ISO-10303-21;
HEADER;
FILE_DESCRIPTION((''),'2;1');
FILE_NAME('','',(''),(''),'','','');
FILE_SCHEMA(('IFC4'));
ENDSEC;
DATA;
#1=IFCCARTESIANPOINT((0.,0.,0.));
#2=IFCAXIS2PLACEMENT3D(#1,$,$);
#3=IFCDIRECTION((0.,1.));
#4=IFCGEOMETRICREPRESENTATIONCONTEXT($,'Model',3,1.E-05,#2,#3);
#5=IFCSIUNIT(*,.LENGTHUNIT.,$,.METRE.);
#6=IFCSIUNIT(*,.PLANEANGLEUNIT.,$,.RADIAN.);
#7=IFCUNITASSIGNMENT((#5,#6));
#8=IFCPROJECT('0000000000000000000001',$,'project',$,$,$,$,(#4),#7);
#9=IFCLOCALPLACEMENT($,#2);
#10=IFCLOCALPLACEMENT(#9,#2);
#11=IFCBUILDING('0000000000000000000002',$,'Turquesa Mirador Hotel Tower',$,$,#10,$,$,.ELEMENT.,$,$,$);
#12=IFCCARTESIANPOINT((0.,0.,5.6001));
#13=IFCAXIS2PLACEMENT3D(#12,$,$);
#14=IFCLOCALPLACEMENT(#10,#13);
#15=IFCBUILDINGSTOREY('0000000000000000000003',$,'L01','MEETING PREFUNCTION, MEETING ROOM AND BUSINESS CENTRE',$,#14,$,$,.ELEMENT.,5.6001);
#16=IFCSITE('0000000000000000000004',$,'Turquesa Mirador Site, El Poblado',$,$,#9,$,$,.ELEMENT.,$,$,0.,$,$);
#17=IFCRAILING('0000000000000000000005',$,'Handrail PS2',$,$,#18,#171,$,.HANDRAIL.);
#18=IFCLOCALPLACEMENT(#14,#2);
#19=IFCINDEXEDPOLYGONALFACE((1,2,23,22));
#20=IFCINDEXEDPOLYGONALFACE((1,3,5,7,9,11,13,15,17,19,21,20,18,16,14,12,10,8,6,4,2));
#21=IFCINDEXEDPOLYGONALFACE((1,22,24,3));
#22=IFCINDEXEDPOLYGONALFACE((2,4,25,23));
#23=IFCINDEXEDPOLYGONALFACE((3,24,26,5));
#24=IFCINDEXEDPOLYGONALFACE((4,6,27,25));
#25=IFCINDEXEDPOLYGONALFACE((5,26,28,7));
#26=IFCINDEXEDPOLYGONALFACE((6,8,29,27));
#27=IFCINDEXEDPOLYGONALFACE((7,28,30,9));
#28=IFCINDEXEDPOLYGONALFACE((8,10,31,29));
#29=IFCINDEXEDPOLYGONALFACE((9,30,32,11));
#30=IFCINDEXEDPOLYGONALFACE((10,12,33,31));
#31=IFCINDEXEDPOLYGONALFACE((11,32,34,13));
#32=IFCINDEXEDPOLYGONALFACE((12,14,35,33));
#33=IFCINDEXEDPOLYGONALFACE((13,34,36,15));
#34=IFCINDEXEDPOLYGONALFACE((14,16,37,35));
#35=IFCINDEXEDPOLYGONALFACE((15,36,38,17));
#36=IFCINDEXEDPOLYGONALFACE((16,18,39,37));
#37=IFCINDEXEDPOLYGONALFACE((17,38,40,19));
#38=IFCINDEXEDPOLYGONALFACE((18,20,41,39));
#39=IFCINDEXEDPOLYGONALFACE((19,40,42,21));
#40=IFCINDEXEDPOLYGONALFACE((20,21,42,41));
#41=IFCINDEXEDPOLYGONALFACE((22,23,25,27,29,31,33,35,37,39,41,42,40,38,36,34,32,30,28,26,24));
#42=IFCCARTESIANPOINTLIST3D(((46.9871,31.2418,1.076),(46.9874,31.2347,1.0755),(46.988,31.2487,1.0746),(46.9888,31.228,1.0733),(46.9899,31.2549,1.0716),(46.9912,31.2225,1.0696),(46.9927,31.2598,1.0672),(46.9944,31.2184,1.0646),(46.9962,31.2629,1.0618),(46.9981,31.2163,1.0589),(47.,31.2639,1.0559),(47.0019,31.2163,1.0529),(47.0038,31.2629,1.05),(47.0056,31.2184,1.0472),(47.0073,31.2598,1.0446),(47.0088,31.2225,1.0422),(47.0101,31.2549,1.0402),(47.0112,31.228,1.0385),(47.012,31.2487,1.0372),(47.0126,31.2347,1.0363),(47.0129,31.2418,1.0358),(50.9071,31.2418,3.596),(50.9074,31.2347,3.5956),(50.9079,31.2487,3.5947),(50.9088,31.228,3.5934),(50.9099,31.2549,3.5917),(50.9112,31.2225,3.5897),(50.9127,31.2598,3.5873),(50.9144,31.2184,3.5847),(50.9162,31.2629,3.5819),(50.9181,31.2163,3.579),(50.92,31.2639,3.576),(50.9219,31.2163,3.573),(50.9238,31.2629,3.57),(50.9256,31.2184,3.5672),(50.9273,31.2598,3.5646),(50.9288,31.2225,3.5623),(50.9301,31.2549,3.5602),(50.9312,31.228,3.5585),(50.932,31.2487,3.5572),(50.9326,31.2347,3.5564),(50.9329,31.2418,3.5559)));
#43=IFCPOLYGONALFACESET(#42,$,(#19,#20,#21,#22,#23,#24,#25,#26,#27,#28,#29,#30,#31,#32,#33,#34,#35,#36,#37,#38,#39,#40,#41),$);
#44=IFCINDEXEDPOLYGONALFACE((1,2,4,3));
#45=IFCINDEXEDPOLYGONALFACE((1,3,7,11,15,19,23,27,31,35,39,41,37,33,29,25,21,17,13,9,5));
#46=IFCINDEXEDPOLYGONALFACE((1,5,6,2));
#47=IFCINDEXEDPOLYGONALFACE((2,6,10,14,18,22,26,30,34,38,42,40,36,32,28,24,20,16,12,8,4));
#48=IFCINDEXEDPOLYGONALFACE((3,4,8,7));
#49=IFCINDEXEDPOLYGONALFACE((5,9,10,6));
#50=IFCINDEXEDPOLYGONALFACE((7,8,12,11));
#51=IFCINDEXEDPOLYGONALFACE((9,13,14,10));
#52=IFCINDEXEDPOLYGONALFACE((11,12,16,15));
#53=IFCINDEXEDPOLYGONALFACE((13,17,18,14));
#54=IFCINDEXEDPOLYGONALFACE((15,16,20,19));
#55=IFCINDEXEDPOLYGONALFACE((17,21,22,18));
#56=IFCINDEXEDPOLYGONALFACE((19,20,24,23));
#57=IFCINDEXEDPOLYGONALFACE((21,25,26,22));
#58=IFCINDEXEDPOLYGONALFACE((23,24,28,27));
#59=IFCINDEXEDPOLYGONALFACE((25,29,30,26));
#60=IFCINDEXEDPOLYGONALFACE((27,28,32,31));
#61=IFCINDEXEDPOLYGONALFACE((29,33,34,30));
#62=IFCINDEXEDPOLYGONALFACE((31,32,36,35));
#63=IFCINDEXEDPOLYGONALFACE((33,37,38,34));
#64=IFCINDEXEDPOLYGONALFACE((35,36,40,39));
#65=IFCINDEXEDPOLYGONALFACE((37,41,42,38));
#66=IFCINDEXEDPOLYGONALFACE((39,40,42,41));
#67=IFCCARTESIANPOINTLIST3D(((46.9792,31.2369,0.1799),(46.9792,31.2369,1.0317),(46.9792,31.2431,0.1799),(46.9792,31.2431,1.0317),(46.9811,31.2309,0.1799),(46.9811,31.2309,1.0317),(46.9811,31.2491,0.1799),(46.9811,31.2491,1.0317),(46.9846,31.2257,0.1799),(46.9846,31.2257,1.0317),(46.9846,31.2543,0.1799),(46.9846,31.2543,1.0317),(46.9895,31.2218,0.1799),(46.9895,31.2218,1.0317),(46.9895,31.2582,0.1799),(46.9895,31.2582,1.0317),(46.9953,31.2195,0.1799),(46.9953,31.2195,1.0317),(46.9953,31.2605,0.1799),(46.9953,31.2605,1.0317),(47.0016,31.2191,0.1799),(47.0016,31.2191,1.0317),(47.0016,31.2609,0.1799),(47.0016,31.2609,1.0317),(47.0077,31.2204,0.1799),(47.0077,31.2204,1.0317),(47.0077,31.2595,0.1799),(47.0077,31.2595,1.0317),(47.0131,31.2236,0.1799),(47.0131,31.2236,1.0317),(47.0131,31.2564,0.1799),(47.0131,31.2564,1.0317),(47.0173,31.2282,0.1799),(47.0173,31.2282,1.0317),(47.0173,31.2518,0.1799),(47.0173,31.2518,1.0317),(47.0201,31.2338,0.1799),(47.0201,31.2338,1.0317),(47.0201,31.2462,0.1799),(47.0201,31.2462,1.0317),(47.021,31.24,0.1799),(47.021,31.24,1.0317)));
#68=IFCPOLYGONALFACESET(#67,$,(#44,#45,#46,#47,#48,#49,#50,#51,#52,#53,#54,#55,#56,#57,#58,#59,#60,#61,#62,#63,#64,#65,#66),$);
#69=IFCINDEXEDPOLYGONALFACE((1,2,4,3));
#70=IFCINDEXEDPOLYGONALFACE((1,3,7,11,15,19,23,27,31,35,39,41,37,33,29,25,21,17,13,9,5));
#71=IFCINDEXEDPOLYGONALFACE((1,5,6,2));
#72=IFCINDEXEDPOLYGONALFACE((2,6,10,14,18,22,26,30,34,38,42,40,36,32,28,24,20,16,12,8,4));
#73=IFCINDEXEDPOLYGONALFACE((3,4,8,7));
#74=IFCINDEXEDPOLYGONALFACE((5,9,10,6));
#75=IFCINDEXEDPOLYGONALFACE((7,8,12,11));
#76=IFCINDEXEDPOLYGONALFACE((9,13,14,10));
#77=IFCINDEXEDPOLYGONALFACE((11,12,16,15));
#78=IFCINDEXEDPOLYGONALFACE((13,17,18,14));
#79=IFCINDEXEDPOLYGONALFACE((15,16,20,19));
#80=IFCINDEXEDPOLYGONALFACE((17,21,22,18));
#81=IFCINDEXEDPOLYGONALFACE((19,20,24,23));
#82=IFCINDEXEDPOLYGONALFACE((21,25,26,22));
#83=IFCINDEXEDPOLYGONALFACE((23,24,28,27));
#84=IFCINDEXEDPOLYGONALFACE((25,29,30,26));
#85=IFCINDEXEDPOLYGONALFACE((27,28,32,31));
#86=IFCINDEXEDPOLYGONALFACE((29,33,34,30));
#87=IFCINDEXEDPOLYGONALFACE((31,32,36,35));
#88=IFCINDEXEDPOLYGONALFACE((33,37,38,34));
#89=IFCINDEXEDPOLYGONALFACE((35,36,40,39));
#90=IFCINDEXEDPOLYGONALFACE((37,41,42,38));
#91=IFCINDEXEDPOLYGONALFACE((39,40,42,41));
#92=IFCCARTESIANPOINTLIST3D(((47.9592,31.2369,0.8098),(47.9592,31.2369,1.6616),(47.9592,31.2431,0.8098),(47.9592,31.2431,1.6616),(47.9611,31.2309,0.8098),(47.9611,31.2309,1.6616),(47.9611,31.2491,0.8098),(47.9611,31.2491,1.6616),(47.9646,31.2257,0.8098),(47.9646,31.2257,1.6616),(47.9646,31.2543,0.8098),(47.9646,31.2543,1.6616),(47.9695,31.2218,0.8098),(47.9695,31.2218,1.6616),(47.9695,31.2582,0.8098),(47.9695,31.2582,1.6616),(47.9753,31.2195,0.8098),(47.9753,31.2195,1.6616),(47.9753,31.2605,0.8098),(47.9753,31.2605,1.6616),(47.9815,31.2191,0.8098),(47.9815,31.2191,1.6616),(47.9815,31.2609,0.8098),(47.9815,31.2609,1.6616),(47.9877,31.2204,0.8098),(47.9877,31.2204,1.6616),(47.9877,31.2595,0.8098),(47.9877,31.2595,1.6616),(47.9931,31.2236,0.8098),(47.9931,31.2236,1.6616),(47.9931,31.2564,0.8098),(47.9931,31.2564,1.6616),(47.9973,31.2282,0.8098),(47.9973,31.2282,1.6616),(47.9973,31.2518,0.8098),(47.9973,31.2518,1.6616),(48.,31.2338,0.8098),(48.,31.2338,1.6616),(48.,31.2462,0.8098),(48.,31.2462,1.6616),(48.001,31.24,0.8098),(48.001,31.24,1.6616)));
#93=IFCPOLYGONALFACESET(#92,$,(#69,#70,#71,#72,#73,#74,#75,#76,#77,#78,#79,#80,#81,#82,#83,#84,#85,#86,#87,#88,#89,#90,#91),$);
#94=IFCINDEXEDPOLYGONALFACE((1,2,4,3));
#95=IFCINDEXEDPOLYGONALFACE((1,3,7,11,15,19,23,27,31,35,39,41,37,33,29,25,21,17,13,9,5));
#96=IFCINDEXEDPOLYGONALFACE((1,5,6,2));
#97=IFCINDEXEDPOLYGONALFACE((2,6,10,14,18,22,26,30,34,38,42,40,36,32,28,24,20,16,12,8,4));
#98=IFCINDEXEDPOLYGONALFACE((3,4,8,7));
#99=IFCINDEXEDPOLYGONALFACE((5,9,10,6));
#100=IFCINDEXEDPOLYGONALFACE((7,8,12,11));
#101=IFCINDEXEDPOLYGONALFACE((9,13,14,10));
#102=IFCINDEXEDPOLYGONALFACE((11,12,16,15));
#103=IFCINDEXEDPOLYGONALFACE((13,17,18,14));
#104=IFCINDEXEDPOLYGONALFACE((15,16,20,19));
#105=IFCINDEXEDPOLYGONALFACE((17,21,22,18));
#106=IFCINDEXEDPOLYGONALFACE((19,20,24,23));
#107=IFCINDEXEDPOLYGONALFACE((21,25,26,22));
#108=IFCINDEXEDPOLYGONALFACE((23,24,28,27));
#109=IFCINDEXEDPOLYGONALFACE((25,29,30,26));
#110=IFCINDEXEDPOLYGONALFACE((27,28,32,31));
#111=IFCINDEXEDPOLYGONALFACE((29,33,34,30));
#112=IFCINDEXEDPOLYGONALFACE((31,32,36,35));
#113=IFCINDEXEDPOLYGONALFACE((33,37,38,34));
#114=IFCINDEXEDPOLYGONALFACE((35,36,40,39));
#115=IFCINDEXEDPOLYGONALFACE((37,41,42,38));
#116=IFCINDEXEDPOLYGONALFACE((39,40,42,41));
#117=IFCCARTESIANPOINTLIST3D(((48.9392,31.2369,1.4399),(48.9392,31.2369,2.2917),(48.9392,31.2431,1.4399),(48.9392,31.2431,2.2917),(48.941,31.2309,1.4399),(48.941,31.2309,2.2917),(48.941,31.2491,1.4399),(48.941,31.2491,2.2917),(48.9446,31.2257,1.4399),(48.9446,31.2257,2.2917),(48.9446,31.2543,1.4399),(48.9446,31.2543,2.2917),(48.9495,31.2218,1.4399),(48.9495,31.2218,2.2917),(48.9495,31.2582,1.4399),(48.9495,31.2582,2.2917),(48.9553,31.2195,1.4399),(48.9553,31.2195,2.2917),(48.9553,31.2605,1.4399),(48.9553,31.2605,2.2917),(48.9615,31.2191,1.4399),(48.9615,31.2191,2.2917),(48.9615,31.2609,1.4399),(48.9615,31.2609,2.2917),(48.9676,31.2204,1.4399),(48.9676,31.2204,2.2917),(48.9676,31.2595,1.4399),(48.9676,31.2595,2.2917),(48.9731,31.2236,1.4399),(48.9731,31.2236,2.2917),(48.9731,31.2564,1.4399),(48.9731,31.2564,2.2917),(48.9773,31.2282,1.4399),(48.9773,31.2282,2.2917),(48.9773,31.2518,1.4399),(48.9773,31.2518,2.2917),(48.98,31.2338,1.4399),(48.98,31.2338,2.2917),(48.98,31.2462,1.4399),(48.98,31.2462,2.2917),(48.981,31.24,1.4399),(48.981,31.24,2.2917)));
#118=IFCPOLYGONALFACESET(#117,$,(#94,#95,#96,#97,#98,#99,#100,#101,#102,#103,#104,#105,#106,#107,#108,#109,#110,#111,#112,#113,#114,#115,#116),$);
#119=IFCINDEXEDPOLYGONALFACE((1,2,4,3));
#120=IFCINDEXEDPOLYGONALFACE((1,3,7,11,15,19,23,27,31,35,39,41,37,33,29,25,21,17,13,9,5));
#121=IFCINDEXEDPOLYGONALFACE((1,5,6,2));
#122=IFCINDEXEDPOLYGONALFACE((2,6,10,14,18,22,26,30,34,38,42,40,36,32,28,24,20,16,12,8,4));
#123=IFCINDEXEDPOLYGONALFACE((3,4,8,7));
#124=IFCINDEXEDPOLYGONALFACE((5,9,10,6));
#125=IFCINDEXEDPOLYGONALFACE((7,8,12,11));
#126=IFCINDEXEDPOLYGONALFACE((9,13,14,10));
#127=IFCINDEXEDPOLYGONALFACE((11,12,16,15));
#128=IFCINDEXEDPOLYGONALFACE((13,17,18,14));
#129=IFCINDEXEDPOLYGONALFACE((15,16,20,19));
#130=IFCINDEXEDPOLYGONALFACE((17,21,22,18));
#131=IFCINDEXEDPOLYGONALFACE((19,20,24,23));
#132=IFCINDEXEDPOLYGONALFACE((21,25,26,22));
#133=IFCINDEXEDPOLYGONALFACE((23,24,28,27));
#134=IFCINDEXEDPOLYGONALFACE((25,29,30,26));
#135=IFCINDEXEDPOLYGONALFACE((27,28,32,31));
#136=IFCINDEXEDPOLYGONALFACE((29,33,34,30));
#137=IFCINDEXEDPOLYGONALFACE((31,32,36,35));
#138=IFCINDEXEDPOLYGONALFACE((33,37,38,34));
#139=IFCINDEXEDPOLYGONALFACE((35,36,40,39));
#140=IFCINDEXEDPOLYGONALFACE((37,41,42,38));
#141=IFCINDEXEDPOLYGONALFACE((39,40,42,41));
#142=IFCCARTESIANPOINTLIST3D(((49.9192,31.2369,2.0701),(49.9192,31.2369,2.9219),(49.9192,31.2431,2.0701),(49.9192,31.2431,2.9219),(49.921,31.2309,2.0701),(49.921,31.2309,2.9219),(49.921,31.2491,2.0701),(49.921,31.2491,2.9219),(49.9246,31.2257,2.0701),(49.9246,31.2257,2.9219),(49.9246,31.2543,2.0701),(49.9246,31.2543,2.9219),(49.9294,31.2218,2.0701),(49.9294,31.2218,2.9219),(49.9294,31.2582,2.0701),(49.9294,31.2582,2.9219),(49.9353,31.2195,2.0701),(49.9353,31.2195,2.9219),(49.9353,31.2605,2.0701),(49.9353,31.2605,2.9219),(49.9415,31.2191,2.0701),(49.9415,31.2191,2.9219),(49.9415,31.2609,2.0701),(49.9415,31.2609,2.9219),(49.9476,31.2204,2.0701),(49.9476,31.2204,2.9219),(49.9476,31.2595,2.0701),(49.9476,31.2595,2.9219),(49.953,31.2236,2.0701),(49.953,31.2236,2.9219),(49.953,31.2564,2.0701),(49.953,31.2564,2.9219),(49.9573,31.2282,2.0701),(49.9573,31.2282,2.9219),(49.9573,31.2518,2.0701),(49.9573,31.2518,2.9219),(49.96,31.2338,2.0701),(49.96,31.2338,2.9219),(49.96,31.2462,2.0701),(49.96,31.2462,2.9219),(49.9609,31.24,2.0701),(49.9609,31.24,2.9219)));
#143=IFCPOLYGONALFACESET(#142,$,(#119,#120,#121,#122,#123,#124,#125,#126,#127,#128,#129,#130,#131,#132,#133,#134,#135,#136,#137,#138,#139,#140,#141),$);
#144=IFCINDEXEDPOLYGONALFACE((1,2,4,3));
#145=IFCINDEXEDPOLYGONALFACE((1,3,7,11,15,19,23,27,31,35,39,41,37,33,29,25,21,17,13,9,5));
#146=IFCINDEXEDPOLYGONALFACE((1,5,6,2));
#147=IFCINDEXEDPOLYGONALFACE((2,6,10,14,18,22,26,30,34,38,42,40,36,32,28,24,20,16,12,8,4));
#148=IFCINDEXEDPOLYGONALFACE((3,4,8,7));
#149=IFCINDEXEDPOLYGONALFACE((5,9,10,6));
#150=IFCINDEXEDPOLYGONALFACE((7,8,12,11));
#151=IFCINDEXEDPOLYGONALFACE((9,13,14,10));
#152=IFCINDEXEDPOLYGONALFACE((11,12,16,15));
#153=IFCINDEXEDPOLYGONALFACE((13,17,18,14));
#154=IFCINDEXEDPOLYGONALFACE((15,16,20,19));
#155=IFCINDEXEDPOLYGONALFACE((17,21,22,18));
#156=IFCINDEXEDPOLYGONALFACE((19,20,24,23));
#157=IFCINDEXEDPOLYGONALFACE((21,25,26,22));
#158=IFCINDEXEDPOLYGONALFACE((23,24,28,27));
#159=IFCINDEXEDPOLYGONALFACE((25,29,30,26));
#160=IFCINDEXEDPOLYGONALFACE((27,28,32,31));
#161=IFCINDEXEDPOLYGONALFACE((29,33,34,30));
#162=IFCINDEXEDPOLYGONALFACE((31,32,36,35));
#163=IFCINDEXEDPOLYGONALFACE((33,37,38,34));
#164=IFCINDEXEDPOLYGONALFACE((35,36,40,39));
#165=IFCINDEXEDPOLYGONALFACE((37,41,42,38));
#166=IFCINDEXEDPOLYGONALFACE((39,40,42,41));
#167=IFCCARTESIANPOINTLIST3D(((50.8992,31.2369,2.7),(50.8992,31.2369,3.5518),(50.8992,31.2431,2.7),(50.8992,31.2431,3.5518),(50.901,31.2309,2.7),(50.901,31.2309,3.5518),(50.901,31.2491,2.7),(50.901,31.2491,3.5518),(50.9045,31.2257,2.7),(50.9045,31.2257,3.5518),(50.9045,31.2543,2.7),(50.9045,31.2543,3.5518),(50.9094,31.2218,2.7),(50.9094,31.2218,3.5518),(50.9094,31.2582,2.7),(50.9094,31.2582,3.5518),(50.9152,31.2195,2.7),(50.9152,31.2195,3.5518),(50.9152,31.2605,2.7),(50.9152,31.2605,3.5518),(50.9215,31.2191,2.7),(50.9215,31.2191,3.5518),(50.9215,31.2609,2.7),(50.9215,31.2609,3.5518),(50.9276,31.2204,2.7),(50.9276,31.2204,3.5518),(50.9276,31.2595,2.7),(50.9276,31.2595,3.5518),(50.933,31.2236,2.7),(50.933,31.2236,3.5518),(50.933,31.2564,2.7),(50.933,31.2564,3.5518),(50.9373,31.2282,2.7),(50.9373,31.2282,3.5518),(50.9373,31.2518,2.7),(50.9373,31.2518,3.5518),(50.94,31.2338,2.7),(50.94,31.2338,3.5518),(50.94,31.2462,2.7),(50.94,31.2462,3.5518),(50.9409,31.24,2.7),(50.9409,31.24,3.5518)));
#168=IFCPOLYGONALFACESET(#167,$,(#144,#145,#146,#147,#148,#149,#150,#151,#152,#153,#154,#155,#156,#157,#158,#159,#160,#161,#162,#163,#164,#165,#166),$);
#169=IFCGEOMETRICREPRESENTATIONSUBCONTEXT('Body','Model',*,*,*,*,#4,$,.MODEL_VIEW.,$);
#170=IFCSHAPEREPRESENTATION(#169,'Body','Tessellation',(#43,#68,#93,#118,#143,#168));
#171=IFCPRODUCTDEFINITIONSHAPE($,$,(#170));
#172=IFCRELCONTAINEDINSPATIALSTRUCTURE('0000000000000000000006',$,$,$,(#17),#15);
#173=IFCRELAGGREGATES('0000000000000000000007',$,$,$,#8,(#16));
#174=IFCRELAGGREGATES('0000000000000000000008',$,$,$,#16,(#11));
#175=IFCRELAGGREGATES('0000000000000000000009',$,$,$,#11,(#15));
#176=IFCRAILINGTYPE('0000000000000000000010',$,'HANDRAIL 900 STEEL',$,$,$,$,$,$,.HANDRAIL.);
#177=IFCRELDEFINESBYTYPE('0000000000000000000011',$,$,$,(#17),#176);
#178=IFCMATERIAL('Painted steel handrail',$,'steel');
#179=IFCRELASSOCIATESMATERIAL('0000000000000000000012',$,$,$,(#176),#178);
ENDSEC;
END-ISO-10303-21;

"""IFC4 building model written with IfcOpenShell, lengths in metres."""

from ifc_helpers import new_model, si_unit, direction, frame, origin, origin_2d, place, context, subcontext, project, spatial, circle, extrude, material, type_object, element, save


model = new_model("IFC4")

# Units and contexts
model_context = context("Model", 3, precision=1e-05, world=origin(), true_north=direction((0.0, 1.0)))
body_context = subcontext(model_context, "Body", "Model", "MODEL_VIEW")
ifc_project = project(units=[si_unit("LENGTHUNIT", "METRE"), si_unit("PLANEANGLEUNIT", "RADIAN")], contexts=[model_context])

# Site, building, storey
site_placement = place(None, origin())
site = spatial("IfcSite", under=ifc_project, at=site_placement, Name="Turquesa Mirador Site, El Poblado", CompositionType="ELEMENT", RefElevation=0.0)
building_placement = place(site_placement, origin())
building = spatial("IfcBuilding", under=site, at=building_placement, Name="Turquesa Mirador Hotel Tower", CompositionType="ELEMENT")
storey_placement = place(building_placement, frame((0.0, 0.0, 5.6001)))
storey = spatial("IfcBuildingStorey", under=building, at=storey_placement, Name="L01", Description="MEETING PREFUNCTION, MEETING ROOM AND BUSINESS CENTRE", CompositionType="ELEMENT", Elevation=5.6001)

# Railing
ifc_material_1 = material(Name="Painted steel handrail", Category="steel")
railing_type = type_object("IfcRailingType", Name="HANDRAIL 900 STEEL", PredefinedType="HANDRAIL", material=ifc_material_1)
railing_1_placement = place(storey_placement, frame((47.0, 31.24, 0.1799)))
element("IfcRailing", 1, at=railing_1_placement, inside=storey, type_object=railing_type, Name="Handrail PS2", PredefinedType="HANDRAIL", context=body_context, shape_type="SweptSolid", body=[
    extrude(circle(Radius=0.0239, at=origin_2d()), frame((0.0, 0.0, 0.876), z_axis=(0.841172, 0.0, 0.540768), x_axis=(0.0, 1.0, 0.0)), (0.0, 0.0, 1.0), 4.6602),
    extrude(circle(Radius=0.021, at=origin_2d()), origin(), (0.0, 0.0, 1.0), 0.8518),
    extrude(circle(Radius=0.021, at=origin_2d()), frame((0.98, 0.0, 0.6299)), (0.0, 0.0, 1.0), 0.8518),
    extrude(circle(Radius=0.021, at=origin_2d()), frame((1.96, 0.0, 1.26)), (0.0, 0.0, 1.0), 0.8518),
    extrude(circle(Radius=0.021, at=origin_2d()), frame((2.9399, 0.0, 1.8901)), (0.0, 0.0, 1.0), 0.8518),
    extrude(circle(Radius=0.021, at=origin_2d()), frame((3.9199, 0.0, 2.52)), (0.0, 0.0, 1.0), 0.8518),
])

save(model, "model.ifc")
